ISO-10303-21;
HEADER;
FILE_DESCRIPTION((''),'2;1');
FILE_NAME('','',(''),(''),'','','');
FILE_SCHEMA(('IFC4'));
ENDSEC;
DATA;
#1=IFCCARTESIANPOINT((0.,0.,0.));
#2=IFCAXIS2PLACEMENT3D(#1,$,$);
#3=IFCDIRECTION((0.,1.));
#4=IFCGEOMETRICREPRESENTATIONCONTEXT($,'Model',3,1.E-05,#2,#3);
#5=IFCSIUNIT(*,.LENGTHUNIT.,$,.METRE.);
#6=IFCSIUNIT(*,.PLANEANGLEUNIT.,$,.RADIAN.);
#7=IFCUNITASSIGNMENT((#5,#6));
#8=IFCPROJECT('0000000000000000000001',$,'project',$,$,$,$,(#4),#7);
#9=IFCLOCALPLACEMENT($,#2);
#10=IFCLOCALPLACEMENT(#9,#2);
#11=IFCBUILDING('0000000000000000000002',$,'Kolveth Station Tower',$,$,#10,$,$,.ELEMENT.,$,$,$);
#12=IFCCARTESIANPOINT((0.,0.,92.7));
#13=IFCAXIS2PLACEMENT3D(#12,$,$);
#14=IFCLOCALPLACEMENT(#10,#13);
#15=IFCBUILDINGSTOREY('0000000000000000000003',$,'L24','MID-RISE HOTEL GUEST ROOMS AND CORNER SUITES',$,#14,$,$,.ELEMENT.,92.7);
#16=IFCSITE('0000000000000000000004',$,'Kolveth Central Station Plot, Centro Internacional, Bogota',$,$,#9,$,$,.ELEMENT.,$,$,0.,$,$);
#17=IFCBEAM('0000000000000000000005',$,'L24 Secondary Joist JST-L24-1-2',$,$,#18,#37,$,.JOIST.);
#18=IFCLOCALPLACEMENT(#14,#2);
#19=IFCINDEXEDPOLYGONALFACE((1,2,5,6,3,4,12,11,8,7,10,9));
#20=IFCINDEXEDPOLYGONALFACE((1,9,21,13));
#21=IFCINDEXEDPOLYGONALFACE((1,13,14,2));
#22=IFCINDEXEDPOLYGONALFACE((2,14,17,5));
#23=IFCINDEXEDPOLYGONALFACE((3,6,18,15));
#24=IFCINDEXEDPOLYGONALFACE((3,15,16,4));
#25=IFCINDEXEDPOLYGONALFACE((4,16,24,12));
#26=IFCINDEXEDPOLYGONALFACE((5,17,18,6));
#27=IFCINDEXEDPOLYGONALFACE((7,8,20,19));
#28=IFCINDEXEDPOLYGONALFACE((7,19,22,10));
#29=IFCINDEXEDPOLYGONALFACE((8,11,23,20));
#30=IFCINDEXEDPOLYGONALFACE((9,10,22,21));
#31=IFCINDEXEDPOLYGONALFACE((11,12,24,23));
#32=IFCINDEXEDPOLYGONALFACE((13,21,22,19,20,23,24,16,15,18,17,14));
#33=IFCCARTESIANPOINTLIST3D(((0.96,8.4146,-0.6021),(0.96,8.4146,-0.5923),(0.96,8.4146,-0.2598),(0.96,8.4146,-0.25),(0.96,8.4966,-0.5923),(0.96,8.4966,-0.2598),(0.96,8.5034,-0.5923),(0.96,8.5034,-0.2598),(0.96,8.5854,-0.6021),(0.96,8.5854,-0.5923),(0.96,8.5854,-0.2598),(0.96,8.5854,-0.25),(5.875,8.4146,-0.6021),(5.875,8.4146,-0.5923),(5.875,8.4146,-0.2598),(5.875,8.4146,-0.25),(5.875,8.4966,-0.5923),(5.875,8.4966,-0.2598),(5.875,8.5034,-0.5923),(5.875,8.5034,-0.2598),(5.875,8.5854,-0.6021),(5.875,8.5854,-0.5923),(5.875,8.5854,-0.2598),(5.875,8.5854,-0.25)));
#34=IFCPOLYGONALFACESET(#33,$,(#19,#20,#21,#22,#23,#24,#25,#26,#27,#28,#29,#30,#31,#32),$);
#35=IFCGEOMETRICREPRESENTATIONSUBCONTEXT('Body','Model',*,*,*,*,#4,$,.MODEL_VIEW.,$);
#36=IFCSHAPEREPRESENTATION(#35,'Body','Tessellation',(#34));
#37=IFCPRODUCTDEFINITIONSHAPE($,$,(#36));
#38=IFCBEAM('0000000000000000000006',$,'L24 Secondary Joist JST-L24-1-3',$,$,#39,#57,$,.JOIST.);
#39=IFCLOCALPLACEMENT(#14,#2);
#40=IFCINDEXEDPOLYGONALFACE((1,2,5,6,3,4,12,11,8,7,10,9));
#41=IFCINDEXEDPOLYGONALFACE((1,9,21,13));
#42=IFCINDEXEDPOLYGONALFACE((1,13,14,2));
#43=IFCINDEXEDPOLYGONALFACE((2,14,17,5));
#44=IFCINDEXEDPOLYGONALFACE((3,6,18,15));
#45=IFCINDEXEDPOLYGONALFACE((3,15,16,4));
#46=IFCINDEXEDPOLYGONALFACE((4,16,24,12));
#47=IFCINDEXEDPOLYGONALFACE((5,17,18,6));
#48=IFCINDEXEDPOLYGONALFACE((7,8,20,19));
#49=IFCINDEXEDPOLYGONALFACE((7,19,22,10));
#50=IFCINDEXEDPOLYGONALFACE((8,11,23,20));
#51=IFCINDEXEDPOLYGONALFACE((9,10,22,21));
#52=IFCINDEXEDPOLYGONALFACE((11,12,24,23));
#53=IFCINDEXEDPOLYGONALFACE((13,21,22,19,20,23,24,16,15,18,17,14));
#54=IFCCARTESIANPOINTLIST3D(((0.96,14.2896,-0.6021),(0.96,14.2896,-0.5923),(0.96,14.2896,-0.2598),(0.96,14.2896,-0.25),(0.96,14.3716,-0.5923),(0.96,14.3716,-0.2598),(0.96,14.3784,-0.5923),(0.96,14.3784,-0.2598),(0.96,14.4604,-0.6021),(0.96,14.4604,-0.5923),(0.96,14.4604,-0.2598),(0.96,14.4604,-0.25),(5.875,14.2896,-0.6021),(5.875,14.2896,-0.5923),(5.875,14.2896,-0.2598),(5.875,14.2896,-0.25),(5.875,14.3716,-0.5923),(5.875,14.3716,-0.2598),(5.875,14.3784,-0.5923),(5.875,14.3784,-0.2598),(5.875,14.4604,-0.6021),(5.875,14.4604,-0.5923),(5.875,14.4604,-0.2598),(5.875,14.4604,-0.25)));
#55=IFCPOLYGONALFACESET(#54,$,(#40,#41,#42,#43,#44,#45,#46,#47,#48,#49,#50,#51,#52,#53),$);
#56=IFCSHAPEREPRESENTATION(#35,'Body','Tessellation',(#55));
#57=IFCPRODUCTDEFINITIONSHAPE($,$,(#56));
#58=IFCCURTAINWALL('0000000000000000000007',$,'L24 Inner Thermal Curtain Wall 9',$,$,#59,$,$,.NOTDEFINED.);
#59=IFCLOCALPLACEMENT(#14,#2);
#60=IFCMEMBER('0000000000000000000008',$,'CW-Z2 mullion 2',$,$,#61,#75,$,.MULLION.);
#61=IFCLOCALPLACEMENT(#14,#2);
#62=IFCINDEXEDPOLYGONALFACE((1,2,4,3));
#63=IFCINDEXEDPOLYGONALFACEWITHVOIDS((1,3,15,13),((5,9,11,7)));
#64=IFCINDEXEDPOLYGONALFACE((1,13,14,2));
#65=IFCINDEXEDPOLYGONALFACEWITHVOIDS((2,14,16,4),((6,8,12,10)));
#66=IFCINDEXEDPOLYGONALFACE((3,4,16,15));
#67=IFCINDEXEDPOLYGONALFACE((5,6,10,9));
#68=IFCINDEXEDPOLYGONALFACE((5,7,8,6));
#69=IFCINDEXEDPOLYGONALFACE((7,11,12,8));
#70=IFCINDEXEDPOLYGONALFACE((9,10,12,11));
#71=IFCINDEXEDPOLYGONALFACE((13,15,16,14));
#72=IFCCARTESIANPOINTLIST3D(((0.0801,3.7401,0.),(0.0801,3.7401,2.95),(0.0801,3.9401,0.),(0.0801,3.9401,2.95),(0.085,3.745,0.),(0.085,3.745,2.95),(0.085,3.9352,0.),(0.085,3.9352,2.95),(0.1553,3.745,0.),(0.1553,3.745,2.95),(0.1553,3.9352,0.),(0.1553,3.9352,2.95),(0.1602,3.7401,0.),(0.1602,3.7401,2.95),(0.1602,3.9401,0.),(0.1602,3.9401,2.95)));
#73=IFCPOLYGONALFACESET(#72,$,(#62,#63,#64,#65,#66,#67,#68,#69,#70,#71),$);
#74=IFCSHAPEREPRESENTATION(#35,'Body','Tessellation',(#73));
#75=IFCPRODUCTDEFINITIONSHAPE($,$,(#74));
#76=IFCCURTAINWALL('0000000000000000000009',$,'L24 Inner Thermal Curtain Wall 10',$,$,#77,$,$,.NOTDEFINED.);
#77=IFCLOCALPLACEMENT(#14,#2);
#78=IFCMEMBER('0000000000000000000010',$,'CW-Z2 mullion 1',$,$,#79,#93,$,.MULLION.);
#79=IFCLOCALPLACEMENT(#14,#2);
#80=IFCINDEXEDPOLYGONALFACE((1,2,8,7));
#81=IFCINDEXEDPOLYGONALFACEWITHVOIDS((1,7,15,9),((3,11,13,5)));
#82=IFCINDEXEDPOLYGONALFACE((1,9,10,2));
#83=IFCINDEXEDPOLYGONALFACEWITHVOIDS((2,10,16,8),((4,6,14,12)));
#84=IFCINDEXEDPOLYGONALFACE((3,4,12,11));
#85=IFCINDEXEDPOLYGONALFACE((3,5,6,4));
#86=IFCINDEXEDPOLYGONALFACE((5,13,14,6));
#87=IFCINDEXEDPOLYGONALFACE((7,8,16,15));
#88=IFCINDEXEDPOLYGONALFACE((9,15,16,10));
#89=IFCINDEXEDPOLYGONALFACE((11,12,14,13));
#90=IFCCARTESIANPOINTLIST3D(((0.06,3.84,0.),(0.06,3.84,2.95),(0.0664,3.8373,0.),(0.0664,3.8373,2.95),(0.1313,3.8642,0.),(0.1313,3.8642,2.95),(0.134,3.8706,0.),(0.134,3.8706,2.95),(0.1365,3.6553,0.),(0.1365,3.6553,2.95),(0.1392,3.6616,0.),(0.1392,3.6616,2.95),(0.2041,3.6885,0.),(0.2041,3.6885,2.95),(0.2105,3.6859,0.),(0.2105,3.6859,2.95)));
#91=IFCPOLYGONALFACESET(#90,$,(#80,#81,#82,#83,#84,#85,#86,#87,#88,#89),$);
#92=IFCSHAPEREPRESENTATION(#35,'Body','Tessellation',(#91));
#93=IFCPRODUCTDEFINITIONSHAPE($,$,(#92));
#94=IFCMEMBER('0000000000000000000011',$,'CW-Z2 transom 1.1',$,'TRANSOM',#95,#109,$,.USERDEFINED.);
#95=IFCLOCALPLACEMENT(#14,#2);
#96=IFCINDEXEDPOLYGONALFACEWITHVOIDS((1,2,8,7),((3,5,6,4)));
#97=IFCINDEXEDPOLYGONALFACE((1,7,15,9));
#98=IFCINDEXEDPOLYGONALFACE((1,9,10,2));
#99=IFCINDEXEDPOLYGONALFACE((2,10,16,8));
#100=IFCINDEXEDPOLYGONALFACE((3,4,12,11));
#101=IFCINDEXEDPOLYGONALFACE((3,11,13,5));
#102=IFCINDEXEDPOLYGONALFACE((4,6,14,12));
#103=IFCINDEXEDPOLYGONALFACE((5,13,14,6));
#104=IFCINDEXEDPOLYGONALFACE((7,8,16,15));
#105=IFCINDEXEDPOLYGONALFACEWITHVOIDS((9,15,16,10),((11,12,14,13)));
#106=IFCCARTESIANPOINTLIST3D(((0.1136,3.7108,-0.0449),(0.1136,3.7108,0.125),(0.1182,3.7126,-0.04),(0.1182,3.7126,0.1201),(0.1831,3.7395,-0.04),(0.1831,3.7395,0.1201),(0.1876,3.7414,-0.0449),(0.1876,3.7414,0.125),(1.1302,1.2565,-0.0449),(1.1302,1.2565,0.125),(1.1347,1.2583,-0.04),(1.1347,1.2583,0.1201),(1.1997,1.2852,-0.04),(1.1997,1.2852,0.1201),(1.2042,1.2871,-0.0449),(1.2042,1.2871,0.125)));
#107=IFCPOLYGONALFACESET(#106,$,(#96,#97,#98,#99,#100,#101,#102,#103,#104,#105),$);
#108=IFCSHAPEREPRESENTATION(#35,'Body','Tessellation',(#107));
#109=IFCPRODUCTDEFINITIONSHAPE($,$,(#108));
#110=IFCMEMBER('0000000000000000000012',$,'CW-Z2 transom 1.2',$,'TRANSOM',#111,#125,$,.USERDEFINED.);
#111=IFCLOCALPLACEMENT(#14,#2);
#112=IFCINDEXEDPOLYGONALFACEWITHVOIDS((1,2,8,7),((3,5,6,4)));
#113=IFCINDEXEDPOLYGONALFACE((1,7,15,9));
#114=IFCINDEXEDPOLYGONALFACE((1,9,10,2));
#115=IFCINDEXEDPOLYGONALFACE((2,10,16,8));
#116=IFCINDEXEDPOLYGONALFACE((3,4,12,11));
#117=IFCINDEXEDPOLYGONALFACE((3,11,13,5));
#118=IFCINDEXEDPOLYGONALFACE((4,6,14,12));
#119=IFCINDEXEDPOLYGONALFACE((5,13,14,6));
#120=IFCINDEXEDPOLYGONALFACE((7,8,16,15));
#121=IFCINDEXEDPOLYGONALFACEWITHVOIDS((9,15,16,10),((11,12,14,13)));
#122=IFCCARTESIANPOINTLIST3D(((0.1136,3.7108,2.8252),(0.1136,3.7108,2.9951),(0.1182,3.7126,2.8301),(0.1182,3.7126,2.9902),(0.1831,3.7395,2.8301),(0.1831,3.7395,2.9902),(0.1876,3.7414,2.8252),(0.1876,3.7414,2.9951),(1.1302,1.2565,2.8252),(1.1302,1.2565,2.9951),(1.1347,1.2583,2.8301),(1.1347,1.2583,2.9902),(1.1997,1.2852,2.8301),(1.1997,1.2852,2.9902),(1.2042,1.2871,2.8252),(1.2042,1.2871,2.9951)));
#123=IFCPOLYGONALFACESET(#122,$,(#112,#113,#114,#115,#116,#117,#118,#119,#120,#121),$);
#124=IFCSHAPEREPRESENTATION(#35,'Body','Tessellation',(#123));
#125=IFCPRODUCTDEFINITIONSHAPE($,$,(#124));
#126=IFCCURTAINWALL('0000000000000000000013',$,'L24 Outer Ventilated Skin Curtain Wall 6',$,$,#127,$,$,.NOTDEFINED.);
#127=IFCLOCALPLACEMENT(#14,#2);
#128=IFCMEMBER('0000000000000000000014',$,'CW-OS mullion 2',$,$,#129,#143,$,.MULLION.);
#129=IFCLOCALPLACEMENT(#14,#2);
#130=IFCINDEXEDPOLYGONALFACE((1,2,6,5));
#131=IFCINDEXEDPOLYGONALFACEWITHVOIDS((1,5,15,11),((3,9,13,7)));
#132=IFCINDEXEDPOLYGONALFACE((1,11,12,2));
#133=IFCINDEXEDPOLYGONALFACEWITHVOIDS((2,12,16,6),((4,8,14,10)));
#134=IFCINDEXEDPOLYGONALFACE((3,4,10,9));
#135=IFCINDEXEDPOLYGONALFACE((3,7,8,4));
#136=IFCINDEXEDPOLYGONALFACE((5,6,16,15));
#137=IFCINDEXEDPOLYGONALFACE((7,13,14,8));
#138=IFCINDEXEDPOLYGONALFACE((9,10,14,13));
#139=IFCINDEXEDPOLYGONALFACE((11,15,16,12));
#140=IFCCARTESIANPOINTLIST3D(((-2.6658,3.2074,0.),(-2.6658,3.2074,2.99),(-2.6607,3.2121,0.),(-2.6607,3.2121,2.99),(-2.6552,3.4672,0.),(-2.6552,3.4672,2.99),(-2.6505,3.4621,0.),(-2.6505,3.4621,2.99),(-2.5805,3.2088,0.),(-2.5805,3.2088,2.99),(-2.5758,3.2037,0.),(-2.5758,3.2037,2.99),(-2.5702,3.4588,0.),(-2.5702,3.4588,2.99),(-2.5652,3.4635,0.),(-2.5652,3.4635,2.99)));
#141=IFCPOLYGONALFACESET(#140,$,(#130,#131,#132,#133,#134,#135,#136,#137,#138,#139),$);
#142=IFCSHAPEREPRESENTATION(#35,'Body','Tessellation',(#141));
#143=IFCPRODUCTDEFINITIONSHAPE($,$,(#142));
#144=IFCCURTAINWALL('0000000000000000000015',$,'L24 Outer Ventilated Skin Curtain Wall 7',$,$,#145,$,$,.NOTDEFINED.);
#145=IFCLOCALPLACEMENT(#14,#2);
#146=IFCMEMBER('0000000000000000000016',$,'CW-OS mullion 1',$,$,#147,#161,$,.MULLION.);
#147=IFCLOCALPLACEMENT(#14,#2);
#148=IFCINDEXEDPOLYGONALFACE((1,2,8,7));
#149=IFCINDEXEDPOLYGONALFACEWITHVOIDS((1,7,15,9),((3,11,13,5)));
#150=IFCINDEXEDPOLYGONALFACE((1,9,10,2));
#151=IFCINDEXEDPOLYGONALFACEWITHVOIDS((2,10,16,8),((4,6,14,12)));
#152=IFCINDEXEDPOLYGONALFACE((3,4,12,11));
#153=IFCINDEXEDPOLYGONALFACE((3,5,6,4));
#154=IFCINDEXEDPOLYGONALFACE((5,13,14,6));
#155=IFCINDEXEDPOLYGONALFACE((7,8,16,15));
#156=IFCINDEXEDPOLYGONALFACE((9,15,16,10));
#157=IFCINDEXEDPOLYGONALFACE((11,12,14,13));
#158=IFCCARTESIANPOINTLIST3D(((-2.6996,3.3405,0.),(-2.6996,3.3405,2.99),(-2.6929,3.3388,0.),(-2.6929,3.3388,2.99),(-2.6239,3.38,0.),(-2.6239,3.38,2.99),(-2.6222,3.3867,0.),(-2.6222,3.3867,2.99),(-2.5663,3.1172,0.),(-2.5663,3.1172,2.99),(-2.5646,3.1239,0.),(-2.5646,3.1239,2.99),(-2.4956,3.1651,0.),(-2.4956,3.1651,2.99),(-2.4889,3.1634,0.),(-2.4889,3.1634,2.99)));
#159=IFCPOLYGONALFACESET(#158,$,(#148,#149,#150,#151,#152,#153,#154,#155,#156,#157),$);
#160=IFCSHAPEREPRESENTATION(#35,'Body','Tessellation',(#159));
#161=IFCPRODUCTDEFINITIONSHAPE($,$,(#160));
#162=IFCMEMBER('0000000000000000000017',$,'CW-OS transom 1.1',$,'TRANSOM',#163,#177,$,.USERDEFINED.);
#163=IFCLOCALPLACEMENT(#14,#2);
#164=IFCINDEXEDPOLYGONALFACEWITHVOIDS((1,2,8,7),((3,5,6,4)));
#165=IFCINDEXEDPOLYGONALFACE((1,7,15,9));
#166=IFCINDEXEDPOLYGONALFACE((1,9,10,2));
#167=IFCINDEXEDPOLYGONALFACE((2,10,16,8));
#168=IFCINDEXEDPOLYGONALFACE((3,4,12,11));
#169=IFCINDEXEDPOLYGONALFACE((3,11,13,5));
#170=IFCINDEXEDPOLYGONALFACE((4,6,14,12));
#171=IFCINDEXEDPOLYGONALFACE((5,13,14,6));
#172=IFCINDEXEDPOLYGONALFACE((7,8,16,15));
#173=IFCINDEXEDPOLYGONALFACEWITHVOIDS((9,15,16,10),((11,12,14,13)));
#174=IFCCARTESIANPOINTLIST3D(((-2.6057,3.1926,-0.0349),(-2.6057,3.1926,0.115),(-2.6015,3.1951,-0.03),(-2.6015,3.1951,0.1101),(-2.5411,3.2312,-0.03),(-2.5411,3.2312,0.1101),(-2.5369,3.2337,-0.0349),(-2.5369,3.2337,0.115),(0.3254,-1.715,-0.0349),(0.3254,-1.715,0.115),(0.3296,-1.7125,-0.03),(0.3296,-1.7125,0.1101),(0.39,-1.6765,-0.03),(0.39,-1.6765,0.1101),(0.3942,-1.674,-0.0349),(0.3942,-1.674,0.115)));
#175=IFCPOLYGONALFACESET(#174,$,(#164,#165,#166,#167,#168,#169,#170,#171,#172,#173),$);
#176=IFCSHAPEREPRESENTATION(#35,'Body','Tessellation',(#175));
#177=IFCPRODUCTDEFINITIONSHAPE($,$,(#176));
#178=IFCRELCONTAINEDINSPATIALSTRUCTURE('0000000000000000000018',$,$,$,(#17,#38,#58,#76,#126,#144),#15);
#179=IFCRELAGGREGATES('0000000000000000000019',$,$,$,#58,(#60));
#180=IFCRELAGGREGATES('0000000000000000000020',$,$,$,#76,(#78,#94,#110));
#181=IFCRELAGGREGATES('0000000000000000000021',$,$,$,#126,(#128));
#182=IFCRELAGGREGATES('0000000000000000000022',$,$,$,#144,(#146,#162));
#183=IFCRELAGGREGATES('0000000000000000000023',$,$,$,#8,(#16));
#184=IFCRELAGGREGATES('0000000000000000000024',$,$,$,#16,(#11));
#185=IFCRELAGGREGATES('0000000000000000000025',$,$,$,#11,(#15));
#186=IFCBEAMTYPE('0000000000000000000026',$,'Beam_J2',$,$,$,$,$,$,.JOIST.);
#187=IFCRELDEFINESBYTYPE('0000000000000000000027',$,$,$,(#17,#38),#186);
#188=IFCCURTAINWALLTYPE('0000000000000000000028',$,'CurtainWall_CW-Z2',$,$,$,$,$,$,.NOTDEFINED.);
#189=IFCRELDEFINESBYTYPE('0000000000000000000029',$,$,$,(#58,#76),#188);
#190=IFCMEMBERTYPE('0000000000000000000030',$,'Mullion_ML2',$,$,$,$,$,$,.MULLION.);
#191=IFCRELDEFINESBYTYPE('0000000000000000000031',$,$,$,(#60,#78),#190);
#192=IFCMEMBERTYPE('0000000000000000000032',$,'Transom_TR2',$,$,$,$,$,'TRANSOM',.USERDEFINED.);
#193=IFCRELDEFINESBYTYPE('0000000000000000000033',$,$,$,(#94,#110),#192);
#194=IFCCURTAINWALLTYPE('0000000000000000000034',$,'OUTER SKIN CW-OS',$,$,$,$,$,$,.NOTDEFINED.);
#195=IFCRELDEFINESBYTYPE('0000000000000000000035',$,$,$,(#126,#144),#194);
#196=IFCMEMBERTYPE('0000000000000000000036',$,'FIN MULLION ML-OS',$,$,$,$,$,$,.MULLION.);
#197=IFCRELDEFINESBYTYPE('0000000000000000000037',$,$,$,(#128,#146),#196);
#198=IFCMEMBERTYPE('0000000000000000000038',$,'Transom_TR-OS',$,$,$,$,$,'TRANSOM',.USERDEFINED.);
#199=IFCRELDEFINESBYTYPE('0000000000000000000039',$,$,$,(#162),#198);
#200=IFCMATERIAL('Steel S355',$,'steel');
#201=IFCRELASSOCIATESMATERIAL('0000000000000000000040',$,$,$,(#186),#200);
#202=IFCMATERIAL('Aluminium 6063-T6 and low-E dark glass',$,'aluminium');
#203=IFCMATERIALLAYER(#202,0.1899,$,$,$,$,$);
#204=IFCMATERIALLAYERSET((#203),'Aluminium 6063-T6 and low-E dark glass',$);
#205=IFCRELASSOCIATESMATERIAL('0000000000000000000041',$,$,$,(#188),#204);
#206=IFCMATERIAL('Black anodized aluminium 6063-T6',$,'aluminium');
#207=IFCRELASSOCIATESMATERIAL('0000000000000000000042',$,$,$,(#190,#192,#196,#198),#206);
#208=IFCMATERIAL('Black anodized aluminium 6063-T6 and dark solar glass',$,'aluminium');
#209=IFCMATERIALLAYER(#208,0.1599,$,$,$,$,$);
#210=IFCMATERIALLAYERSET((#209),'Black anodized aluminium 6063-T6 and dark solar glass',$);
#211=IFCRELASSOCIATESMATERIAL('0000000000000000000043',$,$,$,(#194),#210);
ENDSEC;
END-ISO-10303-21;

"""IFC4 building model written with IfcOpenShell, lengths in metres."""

from ifc_helpers import new_model, si_unit, direction, frame, origin, origin_2d, place, context, subcontext, project, spatial, hollow_rectangle, i_section, extrude, source, transform, mapped, material, layer, layer_set, material_profile, profile_set, type_object, element, aggregate, save


model = new_model("IFC4")

# Units and contexts
model_context = context("Model", 3, precision=1e-05, world=origin(), true_north=direction((0.0, 1.0)))
body_context = subcontext(model_context, "Body", "Model", "MODEL_VIEW")
ifc_project = project(units=[si_unit("LENGTHUNIT", "METRE"), si_unit("PLANEANGLEUNIT", "RADIAN")], contexts=[model_context])

# Site, building, storey
site_placement = place(None, origin())
site = spatial("IfcSite", under=ifc_project, at=site_placement, Name="Kolveth Central Station Plot, Centro Internacional, Bogota", CompositionType="ELEMENT", RefElevation=0.0)
building_placement = place(site_placement, origin())
building = spatial("IfcBuilding", under=site, at=building_placement, Name="Kolveth Station Tower", CompositionType="ELEMENT")
storey_placement = place(building_placement, frame((0.0, 0.0, 92.7)))
storey = spatial("IfcBuildingStorey", under=building, at=storey_placement, Name="L24", Description="MID-RISE HOTEL GUEST ROOMS AND CORNER SUITES", CompositionType="ELEMENT", Elevation=92.7)

# Beams
ifc_material_1 = material(Name="Steel S355", Category="steel")
ifc_material_profile_1 = material_profile(ifc_material_1, i_section(OverallWidth=0.1709, OverallDepth=0.3521, WebThickness=0.0068, FlangeThickness=0.0098, at=origin_2d()), Name="W360x44")
ifc_profile_set_1 = profile_set([ifc_material_profile_1], Name="Steel S355")
beam_type_1 = type_object("IfcBeamType", Name="Beam_J2", PredefinedType="JOIST", material=ifc_profile_set_1)
shared_shape_1 = source(origin(), body_context, "Body", "SweptSolid", [
    extrude(i_section(OverallWidth=0.1709, OverallDepth=0.3521, WebThickness=0.0068, FlangeThickness=0.0098, at=origin_2d()), origin(), (0.0, 0.0, 1.0), 4.915),
])
for number, where, z_axis, x_axis, name in (
    (1, (0.96, 8.5, -0.426), (1.0, 0.0, 0.0), (0.0, 1.0, 0.0), "L24 Secondary Joist JST-L24-1-2"),
    (2, (0.96, 14.375, -0.426), (1.0, 0.0, 0.0), (0.0, 1.0, 0.0), "L24 Secondary Joist JST-L24-1-3"),
):
    element("IfcBeam", number, at=place(storey_placement, frame(where, z_axis=z_axis, x_axis=x_axis)), inside=storey, type_object=beam_type_1, Name=name, PredefinedType="JOIST", context=body_context, shape_type="MappedRepresentation", body=[
        mapped(shared_shape_1, transform((0.0, 0.0, 0.0), x_axis=(1.0, 0.0, 0.0), y_axis=(0.0, 1.0, 0.0), z_axis=(0.0, 0.0, 1.0), scale=1.0)),
    ])

# Curtain wall, member
ifc_material_2 = material(Name="Aluminium 6063-T6 and low-E dark glass", Category="aluminium")
ifc_layer_1 = layer(ifc_material_2, 0.1899)
ifc_layer_set_1 = layer_set([ifc_layer_1], Name="Aluminium 6063-T6 and low-E dark glass")
curtain_wall_type_1 = type_object("IfcCurtainWallType", Name="CurtainWall_CW-Z2", PredefinedType="NOTDEFINED", material=ifc_layer_set_1)
curtain_wall_1_placement = place(storey_placement, origin())
curtain_wall_1 = element("IfcCurtainWall", 3, at=curtain_wall_1_placement, inside=storey, type_object=curtain_wall_type_1, Name="L24 Inner Thermal Curtain Wall 9", PredefinedType="NOTDEFINED")
ifc_material_3 = material(Name="Black anodized aluminium 6063-T6", Category="aluminium")
ifc_material_profile_2 = material_profile(ifc_material_3, hollow_rectangle(XDim=0.0801, YDim=0.2, WallThickness=0.0049, at=origin_2d()), Name="ALU-80x200x5")
ifc_profile_set_2 = profile_set([ifc_material_profile_2], Name="Black anodized aluminium 6063-T6")
member_type_1 = type_object("IfcMemberType", Name="Mullion_ML2", PredefinedType="MULLION", material=ifc_profile_set_2)
shared_shape_2 = source(origin(), body_context, "Body", "SweptSolid", [
    extrude(hollow_rectangle(XDim=0.0801, YDim=0.2, WallThickness=0.0049, at=origin_2d()), origin(), (0.0, 0.0, 1.0), 2.95),
])
member_1_placement = place(storey_placement, frame((0.1201, 3.8401, 0.0), z_axis=(0.0, 0.0, 1.0), x_axis=(1.0, 0.0, 0.0)))
member_1 = element("IfcMember", 4, at=member_1_placement, type_object=member_type_1, Name="CW-Z2 mullion 2", PredefinedType="MULLION", context=body_context, shape_type="MappedRepresentation", body=[
    mapped(shared_shape_2, transform((0.0, 0.0, 0.0), x_axis=(1.0, 0.0, 0.0), y_axis=(0.0, 1.0, 0.0), z_axis=(0.0, 0.0, 1.0), scale=1.0)),
])
aggregate(curtain_wall_1, [member_1])

# Curtain wall, members
curtain_wall_2_placement = place(storey_placement, origin())
curtain_wall_2 = element("IfcCurtainWall", 5, at=curtain_wall_2_placement, inside=storey, type_object=curtain_wall_type_1, Name="L24 Inner Thermal Curtain Wall 10", PredefinedType="NOTDEFINED")
member_2_placement = place(storey_placement, frame((0.1353, 3.7629, 0.0), z_axis=(0.0, 0.0, 1.0), x_axis=(0.923888, 0.382663, 0.0)))
member_2 = element("IfcMember", 6, at=member_2_placement, type_object=member_type_1, Name="CW-Z2 mullion 1", PredefinedType="MULLION", context=body_context, shape_type="MappedRepresentation", body=[
    mapped(shared_shape_2, transform((0.0, 0.0, 0.0), x_axis=(1.0, 0.0, 0.0), y_axis=(0.0, 1.0, 0.0), z_axis=(0.0, 0.0, 1.0), scale=1.0)),
])
ifc_material_profile_3 = material_profile(ifc_material_3, hollow_rectangle(XDim=0.0801, YDim=0.1699, WallThickness=0.0049, at=origin_2d()), Name="ALU-80x170x5")
ifc_profile_set_3 = profile_set([ifc_material_profile_3], Name="Black anodized aluminium 6063-T6")
member_type_2 = type_object("IfcMemberType", Name="Transom_TR2", ElementType="TRANSOM", PredefinedType="USERDEFINED", material=ifc_profile_set_3)
shared_shape_3 = source(origin(), body_context, "Body", "SweptSolid", [
    extrude(hollow_rectangle(XDim=0.0801, YDim=0.1699, WallThickness=0.0049, at=origin_2d()), origin(), (0.0, 0.0, 1.0), 2.6565),
])
member_3_placement = place(storey_placement, frame((0.1506, 3.7261, 0.04), z_axis=(0.382676, -0.923882, 0.0), x_axis=(0.923882, 0.382676, 0.0)))
member_3 = element("IfcMember", 7, at=member_3_placement, type_object=member_type_2, Name="CW-Z2 transom 1.1", ObjectType="TRANSOM", PredefinedType="USERDEFINED", context=body_context, shape_type="MappedRepresentation", body=[
    mapped(shared_shape_3, transform((0.0, 0.0, 0.0), x_axis=(1.0, 0.0, 0.0), y_axis=(0.0, 1.0, 0.0), z_axis=(0.0, 0.0, 1.0), scale=1.0)),
])
member_4_placement = place(storey_placement, frame((0.1506, 3.7261, 2.9102), z_axis=(0.382676, -0.923882, 0.0), x_axis=(0.923882, 0.382676, 0.0)))
member_4 = element("IfcMember", 8, at=member_4_placement, type_object=member_type_2, Name="CW-Z2 transom 1.2", ObjectType="TRANSOM", PredefinedType="USERDEFINED", context=body_context, shape_type="MappedRepresentation", body=[
    mapped(shared_shape_3, transform((0.0, 0.0, 0.0), x_axis=(1.0, 0.0, 0.0), y_axis=(0.0, 1.0, 0.0), z_axis=(0.0, 0.0, 1.0), scale=1.0)),
])
aggregate(curtain_wall_2, [member_2, member_3, member_4])

# Curtain wall, member
ifc_material_4 = material(Name="Black anodized aluminium 6063-T6 and dark solar glass", Category="aluminium")
ifc_layer_2 = layer(ifc_material_4, 0.1599)
ifc_layer_set_2 = layer_set([ifc_layer_2], Name="Black anodized aluminium 6063-T6 and dark solar glass")
curtain_wall_type_2 = type_object("IfcCurtainWallType", Name="OUTER SKIN CW-OS", PredefinedType="NOTDEFINED", material=ifc_layer_set_2)
curtain_wall_3_placement = place(storey_placement, origin())
curtain_wall_3 = element("IfcCurtainWall", 9, at=curtain_wall_3_placement, inside=storey, type_object=curtain_wall_type_2, Name="L24 Outer Ventilated Skin Curtain Wall 6", PredefinedType="NOTDEFINED")
ifc_material_profile_4 = material_profile(ifc_material_3, hollow_rectangle(XDim=0.0901, YDim=0.26, WallThickness=0.0049, at=origin_2d()), Name="ALU-90x260x5")
ifc_profile_set_4 = profile_set([ifc_material_profile_4], Name="Black anodized aluminium 6063-T6")
member_type_3 = type_object("IfcMemberType", Name="FIN MULLION ML-OS", PredefinedType="MULLION", material=ifc_profile_set_4)
shared_shape_4 = source(origin(), body_context, "Body", "SweptSolid", [
    extrude(hollow_rectangle(XDim=0.0901, YDim=0.26, WallThickness=0.0049, at=origin_2d()), origin(), (0.0, 0.0, 1.0), 2.99),
])
member_5_placement = place(storey_placement, frame((-2.6155, 3.3354, 0.0), z_axis=(0.0, 0.0, 1.0), x_axis=(0.999168, -0.040781, 0.0)))
member_5 = element("IfcMember", 10, at=member_5_placement, type_object=member_type_3, Name="CW-OS mullion 2", PredefinedType="MULLION", context=body_context, shape_type="MappedRepresentation", body=[
    mapped(shared_shape_4, transform((0.0, 0.0, 0.0), x_axis=(1.0, 0.0, 0.0), y_axis=(0.0, 1.0, 0.0), z_axis=(0.0, 0.0, 1.0), scale=1.0)),
])
aggregate(curtain_wall_3, [member_5])

# Curtain wall, members
curtain_wall_4_placement = place(storey_placement, origin())
curtain_wall_4 = element("IfcCurtainWall", 11, at=curtain_wall_4_placement, inside=storey, type_object=curtain_wall_type_2, Name="L24 Outer Ventilated Skin Curtain Wall 7", PredefinedType="NOTDEFINED")
member_6_placement = place(storey_placement, frame((-2.5942, 3.252, 0.0), z_axis=(0.0, 0.0, 1.0), x_axis=(0.858545, 0.512739, 0.0)))
member_6 = element("IfcMember", 12, at=member_6_placement, type_object=member_type_3, Name="CW-OS mullion 1", PredefinedType="MULLION", context=body_context, shape_type="MappedRepresentation", body=[
    mapped(shared_shape_4, transform((0.0, 0.0, 0.0), x_axis=(1.0, 0.0, 0.0), y_axis=(0.0, 1.0, 0.0), z_axis=(0.0, 0.0, 1.0), scale=1.0)),
])
ifc_material_profile_5 = material_profile(ifc_material_3, hollow_rectangle(XDim=0.0801, YDim=0.1499, WallThickness=0.0049, at=origin_2d()), Name="ALU-80x150x5")
ifc_profile_set_5 = profile_set([ifc_material_profile_5], Name="Black anodized aluminium 6063-T6")
member_type_4 = type_object("IfcMemberType", Name="Transom_TR-OS", ElementType="TRANSOM", PredefinedType="USERDEFINED", material=ifc_profile_set_5)
shared_shape_5 = source(origin(), body_context, "Body", "SweptSolid", [
    extrude(hollow_rectangle(XDim=0.0801, YDim=0.1499, WallThickness=0.0049, at=origin_2d()), origin(), (0.0, 0.0, 1.0), 5.7163),
])
member_7_placement = place(storey_placement, frame((-2.5713, 3.2131, 0.04), z_axis=(0.512761, -0.858531, 0.0), x_axis=(0.858531, 0.512761, 0.0)))
member_7 = element("IfcMember", 13, at=member_7_placement, type_object=member_type_4, Name="CW-OS transom 1.1", ObjectType="TRANSOM", PredefinedType="USERDEFINED", context=body_context, shape_type="MappedRepresentation", body=[
    mapped(shared_shape_5, transform((0.0, 0.0, 0.0), x_axis=(1.0, 0.0, 0.0), y_axis=(0.0, 1.0, 0.0), z_axis=(0.0, 0.0, 1.0), scale=1.0)),
])
aggregate(curtain_wall_4, [member_6, member_7])

save(model, "model.ifc")
